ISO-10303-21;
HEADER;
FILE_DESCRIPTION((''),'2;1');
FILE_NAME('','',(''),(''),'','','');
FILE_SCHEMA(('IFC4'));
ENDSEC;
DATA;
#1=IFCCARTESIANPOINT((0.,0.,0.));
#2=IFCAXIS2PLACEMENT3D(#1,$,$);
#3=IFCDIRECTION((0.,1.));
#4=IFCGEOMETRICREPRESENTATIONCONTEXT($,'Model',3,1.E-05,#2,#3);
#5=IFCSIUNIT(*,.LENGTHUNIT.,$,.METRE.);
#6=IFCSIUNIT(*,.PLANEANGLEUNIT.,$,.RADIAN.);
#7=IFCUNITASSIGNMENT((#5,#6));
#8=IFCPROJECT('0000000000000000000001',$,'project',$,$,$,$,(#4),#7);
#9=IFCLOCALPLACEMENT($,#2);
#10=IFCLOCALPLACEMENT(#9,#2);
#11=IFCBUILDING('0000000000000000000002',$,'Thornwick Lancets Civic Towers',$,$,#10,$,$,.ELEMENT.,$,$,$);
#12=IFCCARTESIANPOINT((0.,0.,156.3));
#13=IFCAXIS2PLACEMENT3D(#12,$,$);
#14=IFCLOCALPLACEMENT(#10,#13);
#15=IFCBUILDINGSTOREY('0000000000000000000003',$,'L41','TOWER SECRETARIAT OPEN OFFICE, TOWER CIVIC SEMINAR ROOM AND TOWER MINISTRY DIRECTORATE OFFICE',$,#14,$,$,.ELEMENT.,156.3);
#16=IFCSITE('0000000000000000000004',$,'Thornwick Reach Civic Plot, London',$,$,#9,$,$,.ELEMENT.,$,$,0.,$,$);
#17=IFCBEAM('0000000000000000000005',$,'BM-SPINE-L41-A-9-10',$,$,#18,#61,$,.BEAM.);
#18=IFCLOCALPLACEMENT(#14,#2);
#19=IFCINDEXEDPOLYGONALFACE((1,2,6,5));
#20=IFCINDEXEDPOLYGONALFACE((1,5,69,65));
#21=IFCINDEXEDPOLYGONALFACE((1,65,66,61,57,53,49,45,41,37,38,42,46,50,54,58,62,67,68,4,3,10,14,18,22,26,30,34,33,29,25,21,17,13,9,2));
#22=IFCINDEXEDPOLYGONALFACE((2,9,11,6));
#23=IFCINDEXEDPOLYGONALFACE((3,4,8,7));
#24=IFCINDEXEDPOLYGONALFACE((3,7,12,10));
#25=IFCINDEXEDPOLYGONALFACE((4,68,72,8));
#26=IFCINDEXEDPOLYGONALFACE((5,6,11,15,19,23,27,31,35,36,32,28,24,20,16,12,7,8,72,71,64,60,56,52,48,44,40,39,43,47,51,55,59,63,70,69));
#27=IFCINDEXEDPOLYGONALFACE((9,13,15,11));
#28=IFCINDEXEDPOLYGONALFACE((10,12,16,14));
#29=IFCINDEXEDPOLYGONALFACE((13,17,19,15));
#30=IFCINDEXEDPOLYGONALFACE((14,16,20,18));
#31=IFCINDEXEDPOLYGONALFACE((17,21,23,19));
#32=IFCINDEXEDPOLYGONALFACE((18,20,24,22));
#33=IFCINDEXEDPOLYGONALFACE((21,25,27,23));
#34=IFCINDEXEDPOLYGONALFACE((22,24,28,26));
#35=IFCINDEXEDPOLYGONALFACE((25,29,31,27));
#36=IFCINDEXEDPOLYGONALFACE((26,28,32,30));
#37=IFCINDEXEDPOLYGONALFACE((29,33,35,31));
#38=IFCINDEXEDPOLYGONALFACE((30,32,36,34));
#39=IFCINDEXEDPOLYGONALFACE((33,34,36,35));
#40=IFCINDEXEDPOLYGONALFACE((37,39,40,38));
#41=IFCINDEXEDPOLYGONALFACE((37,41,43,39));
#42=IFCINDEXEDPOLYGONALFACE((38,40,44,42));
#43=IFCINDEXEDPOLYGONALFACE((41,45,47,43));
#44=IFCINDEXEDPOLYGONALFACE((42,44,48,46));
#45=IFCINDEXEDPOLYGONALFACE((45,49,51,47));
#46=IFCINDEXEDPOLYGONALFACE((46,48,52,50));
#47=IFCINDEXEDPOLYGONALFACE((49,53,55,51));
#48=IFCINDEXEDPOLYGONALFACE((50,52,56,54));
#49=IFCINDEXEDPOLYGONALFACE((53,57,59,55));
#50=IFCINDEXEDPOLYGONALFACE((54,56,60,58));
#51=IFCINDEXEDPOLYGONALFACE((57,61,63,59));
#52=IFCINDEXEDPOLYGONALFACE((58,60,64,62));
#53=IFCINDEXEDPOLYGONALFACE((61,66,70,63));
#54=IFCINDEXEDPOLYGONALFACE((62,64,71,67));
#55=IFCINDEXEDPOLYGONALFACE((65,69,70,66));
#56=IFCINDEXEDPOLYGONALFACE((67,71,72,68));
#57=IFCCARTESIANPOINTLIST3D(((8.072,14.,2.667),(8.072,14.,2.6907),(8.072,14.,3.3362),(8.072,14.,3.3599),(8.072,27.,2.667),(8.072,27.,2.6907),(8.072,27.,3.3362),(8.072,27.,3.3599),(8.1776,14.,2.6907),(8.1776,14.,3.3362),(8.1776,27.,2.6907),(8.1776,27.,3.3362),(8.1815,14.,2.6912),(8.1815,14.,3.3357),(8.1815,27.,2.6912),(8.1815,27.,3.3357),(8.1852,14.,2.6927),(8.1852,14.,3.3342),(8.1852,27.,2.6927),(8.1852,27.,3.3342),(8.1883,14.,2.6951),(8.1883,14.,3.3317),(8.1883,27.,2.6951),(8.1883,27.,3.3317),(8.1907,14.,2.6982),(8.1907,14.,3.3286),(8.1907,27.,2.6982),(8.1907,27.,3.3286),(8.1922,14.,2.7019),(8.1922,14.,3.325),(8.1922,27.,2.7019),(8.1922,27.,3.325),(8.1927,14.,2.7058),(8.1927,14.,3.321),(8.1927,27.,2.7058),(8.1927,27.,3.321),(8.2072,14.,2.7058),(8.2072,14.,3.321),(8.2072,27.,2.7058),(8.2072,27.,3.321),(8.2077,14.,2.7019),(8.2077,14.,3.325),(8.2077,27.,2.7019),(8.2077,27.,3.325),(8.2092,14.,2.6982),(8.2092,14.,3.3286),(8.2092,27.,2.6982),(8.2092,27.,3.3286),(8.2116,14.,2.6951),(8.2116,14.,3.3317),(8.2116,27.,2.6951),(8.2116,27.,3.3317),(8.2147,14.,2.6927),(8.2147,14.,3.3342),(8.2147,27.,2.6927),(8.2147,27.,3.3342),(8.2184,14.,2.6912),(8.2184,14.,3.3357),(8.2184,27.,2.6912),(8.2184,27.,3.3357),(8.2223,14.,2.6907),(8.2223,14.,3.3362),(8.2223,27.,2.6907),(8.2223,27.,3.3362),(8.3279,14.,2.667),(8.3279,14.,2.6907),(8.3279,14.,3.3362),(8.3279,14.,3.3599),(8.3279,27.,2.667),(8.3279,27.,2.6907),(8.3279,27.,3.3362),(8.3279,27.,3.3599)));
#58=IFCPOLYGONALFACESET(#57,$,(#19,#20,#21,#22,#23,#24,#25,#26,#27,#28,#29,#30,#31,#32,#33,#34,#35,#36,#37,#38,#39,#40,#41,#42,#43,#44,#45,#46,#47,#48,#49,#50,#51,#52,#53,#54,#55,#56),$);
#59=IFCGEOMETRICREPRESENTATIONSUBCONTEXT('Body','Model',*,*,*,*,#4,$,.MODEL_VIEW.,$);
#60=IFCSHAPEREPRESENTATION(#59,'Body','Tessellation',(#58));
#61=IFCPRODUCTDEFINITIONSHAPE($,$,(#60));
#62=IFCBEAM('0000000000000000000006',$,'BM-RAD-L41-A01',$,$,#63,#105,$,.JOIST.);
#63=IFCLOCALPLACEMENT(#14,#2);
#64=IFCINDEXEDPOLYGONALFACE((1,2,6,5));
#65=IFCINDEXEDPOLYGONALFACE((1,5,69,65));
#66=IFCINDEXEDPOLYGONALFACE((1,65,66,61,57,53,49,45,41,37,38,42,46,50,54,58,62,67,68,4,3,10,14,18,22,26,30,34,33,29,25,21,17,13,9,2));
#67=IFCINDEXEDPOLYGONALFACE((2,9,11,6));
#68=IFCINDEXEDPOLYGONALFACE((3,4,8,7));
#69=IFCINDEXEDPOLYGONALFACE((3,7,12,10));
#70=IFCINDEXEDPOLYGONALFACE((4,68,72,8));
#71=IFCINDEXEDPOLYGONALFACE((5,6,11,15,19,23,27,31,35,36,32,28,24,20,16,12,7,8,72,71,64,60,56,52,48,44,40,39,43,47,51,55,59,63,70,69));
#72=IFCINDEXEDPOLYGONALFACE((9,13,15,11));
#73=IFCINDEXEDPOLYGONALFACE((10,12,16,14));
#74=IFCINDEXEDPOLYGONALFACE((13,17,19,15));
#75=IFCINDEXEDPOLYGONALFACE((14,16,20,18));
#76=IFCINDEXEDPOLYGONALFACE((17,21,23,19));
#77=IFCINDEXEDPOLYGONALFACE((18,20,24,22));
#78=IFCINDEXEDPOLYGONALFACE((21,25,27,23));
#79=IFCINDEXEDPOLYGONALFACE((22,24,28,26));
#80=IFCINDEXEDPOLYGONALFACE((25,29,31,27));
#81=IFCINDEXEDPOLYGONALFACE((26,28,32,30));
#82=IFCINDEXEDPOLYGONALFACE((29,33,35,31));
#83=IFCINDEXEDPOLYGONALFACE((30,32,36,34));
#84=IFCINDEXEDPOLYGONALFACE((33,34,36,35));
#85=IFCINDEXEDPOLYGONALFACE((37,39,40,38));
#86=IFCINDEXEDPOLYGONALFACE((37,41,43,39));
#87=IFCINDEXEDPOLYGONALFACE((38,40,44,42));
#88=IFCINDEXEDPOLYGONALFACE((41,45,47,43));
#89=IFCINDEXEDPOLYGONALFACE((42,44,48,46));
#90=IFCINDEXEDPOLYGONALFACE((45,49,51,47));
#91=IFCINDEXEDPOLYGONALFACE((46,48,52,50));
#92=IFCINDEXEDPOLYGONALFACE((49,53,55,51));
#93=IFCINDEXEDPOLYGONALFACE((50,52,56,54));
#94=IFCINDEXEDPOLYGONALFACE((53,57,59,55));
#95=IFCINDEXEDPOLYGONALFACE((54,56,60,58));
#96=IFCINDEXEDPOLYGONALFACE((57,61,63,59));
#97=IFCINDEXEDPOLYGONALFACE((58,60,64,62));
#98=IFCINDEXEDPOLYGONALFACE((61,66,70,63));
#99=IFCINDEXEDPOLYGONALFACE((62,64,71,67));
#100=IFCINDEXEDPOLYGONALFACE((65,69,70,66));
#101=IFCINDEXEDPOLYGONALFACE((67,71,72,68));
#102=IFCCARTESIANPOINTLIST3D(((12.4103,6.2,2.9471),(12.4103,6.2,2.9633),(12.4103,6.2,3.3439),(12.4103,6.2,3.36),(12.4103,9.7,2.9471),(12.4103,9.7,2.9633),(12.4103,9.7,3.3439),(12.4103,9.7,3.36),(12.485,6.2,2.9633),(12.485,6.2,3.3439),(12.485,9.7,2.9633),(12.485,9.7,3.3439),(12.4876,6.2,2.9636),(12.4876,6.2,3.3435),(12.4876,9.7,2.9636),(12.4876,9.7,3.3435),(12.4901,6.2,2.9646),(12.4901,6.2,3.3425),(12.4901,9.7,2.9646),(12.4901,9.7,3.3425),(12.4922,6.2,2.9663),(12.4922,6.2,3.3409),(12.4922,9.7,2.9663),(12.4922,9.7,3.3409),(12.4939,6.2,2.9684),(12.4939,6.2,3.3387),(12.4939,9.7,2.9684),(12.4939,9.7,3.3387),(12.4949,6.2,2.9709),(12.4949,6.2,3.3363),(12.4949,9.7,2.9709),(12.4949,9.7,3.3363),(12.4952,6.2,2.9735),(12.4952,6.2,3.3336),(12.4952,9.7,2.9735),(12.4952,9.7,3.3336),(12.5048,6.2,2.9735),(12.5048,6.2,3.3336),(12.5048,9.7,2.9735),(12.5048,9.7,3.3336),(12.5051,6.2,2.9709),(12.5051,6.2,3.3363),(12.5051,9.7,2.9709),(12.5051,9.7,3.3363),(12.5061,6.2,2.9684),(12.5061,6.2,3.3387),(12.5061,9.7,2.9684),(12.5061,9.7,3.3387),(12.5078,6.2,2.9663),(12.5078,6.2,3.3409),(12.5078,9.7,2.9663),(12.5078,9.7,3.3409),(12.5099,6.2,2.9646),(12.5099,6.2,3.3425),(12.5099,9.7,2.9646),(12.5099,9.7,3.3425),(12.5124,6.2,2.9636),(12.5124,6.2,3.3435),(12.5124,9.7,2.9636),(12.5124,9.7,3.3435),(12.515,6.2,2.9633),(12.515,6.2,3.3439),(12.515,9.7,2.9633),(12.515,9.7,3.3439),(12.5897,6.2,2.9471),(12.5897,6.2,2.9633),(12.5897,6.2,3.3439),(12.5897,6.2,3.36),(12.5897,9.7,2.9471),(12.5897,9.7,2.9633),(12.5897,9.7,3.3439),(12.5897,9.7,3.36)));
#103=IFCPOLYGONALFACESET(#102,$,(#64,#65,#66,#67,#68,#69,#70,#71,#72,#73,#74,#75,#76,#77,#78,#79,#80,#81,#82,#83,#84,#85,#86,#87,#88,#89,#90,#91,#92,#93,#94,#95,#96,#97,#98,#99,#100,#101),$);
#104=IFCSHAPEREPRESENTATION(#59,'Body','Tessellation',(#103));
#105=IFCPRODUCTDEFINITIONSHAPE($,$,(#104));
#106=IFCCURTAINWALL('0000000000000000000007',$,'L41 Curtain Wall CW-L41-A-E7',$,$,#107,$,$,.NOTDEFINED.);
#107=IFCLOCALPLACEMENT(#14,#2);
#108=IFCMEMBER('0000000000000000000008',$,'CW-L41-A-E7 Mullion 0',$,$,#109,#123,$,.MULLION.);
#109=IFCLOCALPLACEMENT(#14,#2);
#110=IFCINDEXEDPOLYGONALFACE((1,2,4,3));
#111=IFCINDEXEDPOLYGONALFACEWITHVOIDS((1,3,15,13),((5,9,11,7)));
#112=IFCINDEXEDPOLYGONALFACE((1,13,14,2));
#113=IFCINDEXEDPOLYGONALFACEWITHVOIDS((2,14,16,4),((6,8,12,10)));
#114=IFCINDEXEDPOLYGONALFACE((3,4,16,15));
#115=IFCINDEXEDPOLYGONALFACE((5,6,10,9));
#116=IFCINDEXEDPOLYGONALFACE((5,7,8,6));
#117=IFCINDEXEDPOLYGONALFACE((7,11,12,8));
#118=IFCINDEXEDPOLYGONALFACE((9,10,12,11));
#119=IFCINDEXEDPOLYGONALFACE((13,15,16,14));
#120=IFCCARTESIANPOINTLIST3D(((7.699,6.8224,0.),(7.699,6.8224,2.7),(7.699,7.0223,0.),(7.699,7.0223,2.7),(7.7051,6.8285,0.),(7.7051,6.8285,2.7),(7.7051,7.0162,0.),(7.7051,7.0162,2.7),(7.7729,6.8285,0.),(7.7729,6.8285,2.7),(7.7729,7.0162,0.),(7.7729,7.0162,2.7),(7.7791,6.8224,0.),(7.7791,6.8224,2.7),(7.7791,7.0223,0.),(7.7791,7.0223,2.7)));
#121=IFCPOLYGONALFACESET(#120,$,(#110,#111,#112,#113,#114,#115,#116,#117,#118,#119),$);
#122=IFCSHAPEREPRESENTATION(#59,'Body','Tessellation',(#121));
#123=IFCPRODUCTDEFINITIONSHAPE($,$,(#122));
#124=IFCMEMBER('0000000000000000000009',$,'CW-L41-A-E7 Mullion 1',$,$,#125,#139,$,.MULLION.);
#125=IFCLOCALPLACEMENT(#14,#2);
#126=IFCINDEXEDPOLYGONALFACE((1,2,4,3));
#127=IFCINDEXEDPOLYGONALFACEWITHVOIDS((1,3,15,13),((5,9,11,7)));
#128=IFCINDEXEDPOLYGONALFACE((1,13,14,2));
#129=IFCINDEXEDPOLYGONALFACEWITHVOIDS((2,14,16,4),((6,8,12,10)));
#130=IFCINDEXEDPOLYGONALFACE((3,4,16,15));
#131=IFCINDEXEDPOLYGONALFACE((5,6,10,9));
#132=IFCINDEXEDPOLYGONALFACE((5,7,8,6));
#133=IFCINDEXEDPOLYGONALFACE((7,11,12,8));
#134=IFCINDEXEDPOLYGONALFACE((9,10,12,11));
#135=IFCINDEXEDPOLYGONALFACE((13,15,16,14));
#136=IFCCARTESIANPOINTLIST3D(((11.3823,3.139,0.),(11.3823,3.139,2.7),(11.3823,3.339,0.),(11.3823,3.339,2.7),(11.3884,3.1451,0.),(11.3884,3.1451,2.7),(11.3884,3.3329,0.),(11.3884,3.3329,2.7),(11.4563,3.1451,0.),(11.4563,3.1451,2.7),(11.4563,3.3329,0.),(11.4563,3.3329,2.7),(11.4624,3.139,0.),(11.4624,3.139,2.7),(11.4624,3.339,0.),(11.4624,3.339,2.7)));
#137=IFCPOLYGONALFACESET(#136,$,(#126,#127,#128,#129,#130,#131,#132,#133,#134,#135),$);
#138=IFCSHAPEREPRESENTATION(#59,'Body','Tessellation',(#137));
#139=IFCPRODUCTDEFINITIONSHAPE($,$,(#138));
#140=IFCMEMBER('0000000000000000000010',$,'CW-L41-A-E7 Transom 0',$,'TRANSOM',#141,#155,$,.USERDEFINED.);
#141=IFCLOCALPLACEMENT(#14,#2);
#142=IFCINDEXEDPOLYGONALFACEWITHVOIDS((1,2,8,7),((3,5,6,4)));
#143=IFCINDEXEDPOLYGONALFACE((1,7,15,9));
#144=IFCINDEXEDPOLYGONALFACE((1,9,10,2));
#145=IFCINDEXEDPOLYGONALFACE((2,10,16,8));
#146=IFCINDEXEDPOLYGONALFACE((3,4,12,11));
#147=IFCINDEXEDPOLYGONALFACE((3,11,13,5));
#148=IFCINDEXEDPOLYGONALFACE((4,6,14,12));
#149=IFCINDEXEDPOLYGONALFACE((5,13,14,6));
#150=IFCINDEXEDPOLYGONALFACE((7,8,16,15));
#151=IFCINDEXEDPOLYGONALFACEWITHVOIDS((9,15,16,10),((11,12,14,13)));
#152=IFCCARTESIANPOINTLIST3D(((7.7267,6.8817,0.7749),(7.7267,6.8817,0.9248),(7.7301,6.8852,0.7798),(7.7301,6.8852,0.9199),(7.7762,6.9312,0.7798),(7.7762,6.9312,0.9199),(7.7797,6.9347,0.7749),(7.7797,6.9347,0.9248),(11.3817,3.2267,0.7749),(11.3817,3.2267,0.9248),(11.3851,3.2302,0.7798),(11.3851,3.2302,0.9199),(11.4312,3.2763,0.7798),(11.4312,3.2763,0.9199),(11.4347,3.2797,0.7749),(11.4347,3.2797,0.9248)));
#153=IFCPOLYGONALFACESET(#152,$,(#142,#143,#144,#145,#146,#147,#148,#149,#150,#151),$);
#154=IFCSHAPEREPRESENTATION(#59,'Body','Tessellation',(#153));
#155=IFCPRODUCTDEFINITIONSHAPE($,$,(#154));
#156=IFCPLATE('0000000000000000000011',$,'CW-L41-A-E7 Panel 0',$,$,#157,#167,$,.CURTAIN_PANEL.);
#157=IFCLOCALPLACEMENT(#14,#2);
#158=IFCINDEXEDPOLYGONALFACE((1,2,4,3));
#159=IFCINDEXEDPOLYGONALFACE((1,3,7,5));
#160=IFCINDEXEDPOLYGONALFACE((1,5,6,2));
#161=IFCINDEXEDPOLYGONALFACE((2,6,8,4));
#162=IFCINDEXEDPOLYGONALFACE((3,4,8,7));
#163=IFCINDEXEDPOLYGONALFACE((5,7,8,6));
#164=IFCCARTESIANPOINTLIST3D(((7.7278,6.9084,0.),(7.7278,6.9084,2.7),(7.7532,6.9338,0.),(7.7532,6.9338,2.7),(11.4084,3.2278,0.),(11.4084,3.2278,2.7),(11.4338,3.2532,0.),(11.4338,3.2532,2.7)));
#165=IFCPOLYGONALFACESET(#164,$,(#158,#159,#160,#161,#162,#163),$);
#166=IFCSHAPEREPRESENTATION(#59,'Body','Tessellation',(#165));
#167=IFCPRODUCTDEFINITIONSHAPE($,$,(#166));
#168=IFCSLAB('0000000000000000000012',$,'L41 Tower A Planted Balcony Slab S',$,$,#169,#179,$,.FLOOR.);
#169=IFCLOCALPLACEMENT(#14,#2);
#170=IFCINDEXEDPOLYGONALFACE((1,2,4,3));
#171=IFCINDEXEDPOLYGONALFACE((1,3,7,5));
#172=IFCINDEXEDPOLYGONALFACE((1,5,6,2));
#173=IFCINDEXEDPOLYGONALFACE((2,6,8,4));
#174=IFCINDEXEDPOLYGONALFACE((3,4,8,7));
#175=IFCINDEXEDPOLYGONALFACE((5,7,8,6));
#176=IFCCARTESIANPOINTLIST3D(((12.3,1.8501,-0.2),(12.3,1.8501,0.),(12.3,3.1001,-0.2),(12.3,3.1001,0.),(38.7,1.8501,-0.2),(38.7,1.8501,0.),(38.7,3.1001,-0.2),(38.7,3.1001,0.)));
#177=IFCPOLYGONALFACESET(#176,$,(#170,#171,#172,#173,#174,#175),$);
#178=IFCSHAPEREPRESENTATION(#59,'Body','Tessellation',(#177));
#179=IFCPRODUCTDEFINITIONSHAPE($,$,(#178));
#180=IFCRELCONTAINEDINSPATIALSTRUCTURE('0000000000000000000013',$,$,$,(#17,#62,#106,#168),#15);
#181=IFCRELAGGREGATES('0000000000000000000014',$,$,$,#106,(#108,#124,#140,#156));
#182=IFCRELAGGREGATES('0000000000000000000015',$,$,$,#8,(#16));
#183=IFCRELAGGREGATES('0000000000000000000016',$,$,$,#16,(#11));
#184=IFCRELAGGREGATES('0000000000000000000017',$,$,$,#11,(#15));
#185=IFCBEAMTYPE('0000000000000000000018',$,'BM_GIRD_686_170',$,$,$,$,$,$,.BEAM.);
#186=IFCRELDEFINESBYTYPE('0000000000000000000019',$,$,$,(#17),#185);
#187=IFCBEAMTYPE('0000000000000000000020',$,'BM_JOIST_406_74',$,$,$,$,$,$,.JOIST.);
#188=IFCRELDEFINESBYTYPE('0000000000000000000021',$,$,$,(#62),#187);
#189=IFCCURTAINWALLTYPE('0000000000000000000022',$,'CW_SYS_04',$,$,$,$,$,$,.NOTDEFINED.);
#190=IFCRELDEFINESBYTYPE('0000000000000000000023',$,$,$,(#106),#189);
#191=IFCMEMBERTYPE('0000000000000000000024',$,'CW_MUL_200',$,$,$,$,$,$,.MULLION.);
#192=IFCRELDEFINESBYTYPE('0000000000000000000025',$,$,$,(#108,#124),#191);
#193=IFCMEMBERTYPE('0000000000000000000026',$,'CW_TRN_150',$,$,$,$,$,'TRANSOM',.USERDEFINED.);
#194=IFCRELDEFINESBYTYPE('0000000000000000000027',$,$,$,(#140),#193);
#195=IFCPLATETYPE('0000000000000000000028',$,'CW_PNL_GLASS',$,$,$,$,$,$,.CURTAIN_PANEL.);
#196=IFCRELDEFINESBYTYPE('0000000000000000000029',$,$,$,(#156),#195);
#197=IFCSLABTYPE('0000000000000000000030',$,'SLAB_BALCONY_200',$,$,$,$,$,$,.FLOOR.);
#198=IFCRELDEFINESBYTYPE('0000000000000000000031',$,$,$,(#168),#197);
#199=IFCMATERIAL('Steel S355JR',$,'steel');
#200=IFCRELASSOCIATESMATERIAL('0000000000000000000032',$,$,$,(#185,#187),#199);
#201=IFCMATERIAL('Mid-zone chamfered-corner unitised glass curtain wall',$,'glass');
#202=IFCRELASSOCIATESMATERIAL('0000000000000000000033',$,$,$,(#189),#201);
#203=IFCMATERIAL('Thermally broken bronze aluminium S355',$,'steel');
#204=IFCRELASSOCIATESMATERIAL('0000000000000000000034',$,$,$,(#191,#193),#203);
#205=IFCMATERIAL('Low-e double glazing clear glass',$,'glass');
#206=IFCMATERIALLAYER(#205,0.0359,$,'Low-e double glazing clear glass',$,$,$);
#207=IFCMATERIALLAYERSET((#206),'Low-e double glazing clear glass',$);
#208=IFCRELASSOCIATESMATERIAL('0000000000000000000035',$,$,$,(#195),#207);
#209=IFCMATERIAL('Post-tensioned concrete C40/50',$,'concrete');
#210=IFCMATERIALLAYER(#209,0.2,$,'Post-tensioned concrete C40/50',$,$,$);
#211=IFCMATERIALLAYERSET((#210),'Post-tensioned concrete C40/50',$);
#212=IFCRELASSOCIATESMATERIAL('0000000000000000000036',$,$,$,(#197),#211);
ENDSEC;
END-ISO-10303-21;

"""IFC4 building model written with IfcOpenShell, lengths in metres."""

from ifc_helpers import new_model, si_unit, direction, frame, origin, origin_2d, place, context, subcontext, project, spatial, polyline, rectangle, hollow_rectangle, i_section, outline, extrude, material, layer, layer_set, material_profile, profile_set, type_object, element, aggregate, save


model = new_model("IFC4")

# Units and contexts
model_context = context("Model", 3, precision=1e-05, world=origin(), true_north=direction((0.0, 1.0)))
body_context = subcontext(model_context, "Body", "Model", "MODEL_VIEW")
ifc_project = project(units=[si_unit("LENGTHUNIT", "METRE"), si_unit("PLANEANGLEUNIT", "RADIAN")], contexts=[model_context])

# Site, building, storey
site_placement = place(None, origin())
site = spatial("IfcSite", under=ifc_project, at=site_placement, Name="Thornwick Reach Civic Plot, London", CompositionType="ELEMENT", RefElevation=0.0)
building_placement = place(site_placement, origin())
building = spatial("IfcBuilding", under=site, at=building_placement, Name="Thornwick Lancets Civic Towers", CompositionType="ELEMENT")
storey_placement = place(building_placement, frame((0.0, 0.0, 156.3)))
storey = spatial("IfcBuildingStorey", under=building, at=storey_placement, Name="L41", Description="TOWER SECRETARIAT OPEN OFFICE, TOWER CIVIC SEMINAR ROOM AND TOWER MINISTRY DIRECTORATE OFFICE", CompositionType="ELEMENT", Elevation=156.3)

# Beams
ifc_material_1 = material(Name="Steel S355JR", Category="steel")
ifc_material_profile_1 = material_profile(ifc_material_1, i_section(OverallWidth=0.2559, OverallDepth=0.6929, WebThickness=0.0144, FlangeThickness=0.0237, FilletRadius=0.0151, at=origin_2d()), Name="UKB 686x254x170")
ifc_profile_set_1 = profile_set([ifc_material_profile_1], Name="Steel S355JR")
beam_type_1 = type_object("IfcBeamType", Name="BM_GIRD_686_170", PredefinedType="BEAM", material=ifc_profile_set_1)
for number, where, z_axis, x_axis, name in (
    (1, (8.2, 14.0, 3.0134), (0.0, 1.0, 0.0), (-1.0, 0.0, 0.0), "BM-SPINE-L41-A-9-10"),
):
    element("IfcBeam", number, at=place(storey_placement, frame(where, z_axis=z_axis, x_axis=x_axis)), inside=storey, type_object=beam_type_1, Name=name, PredefinedType="BEAM", context=body_context, shape_type="SweptSolid", body=[
        extrude(i_section(OverallWidth=0.2559, OverallDepth=0.6929, WebThickness=0.0144, FlangeThickness=0.0237, FilletRadius=0.0151, at=origin_2d()), origin(), (0.0, 0.0, 1.0), 13.0),
    ])
ifc_material_profile_2 = material_profile(ifc_material_1, i_section(OverallWidth=0.1794, OverallDepth=0.4128, WebThickness=0.0095, FlangeThickness=0.0161, FilletRadius=0.0103, at=origin_2d()), Name="UKB 406x178x74")
ifc_profile_set_2 = profile_set([ifc_material_profile_2], Name="Steel S355JR")
beam_type_2 = type_object("IfcBeamType", Name="BM_JOIST_406_74", PredefinedType="JOIST", material=ifc_profile_set_2)
beam_1_placement = place(storey_placement, frame((12.5, 9.7, 3.1536), z_axis=(0.0, -1.0, 0.0), x_axis=(1.0, 0.0, 0.0)))
element("IfcBeam", 2, at=beam_1_placement, inside=storey, type_object=beam_type_2, Name="BM-RAD-L41-A01", PredefinedType="JOIST", context=body_context, shape_type="SweptSolid", body=[
    extrude(i_section(OverallWidth=0.1794, OverallDepth=0.4128, WebThickness=0.0095, FlangeThickness=0.0161, FilletRadius=0.0103, at=origin_2d()), origin(), (0.0, 0.0, 1.0), 3.5),
])

# Curtain wall, members, plate
ifc_material_2 = material(Name="Mid-zone chamfered-corner unitised glass curtain wall", Category="glass")
curtain_wall_type = type_object("IfcCurtainWallType", Name="CW_SYS_04", PredefinedType="NOTDEFINED", material=ifc_material_2)
curtain_wall_placement = place(storey_placement, origin())
curtain_wall = element("IfcCurtainWall", 3, at=curtain_wall_placement, inside=storey, type_object=curtain_wall_type, Name="L41 Curtain Wall CW-L41-A-E7", PredefinedType="NOTDEFINED")
ifc_material_3 = material(Name="Thermally broken bronze aluminium S355", Category="steel")
ifc_material_profile_3 = material_profile(ifc_material_3, hollow_rectangle(XDim=0.0801, YDim=0.2, WallThickness=0.0061, at=origin_2d()), Name="RHS 200x80x6")
ifc_profile_set_3 = profile_set([ifc_material_profile_3], Name="Thermally broken bronze aluminium S355")
member_type_1 = type_object("IfcMemberType", Name="CW_MUL_200", PredefinedType="MULLION", material=ifc_profile_set_3)
member_1_placement = place(storey_placement, frame((7.739, 6.9224, 0.0), z_axis=(0.0, 0.0, 1.0), x_axis=(1.0, 0.0, 0.0)))
member_1 = element("IfcMember", 4, at=member_1_placement, type_object=member_type_1, Name="CW-L41-A-E7 Mullion 0", PredefinedType="MULLION", context=body_context, shape_type="SweptSolid", body=[
    extrude(hollow_rectangle(XDim=0.0801, YDim=0.2, WallThickness=0.0061, at=origin_2d()), origin(), (0.0, 0.0, 1.0), 2.7),
])
member_2_placement = place(storey_placement, frame((11.4224, 3.239, 0.0), z_axis=(0.0, 0.0, 1.0), x_axis=(1.0, 0.0, 0.0)))
member_2 = element("IfcMember", 5, at=member_2_placement, type_object=member_type_1, Name="CW-L41-A-E7 Mullion 1", PredefinedType="MULLION", context=body_context, shape_type="SweptSolid", body=[
    extrude(hollow_rectangle(XDim=0.0801, YDim=0.2, WallThickness=0.0061, at=origin_2d()), origin(), (0.0, 0.0, 1.0), 2.7),
])
ifc_material_profile_4 = material_profile(ifc_material_3, hollow_rectangle(XDim=0.075, YDim=0.1499, WallThickness=0.0049, at=origin_2d()), Name="RHS 150x75x5")
ifc_profile_set_4 = profile_set([ifc_material_profile_4], Name="Thermally broken bronze aluminium S355")
member_type_2 = type_object("IfcMemberType", Name="CW_TRN_150", ElementType="TRANSOM", PredefinedType="USERDEFINED", material=ifc_profile_set_4)
member_3_placement = place(storey_placement, frame((7.7532, 6.9082, 0.8499), z_axis=(0.707107, -0.707107, 0.0), x_axis=(0.707107, 0.707107, 0.0)))
member_3 = element("IfcMember", 6, at=member_3_placement, type_object=member_type_2, Name="CW-L41-A-E7 Transom 0", ObjectType="TRANSOM", PredefinedType="USERDEFINED", context=body_context, shape_type="SweptSolid", body=[
    extrude(hollow_rectangle(XDim=0.075, YDim=0.1499, WallThickness=0.0049, at=origin_2d()), origin(), (0.0, 0.0, 1.0), 5.1689),
])
ifc_material_4 = material(Name="Low-e double glazing clear glass", Category="glass")
ifc_layer_1 = layer(ifc_material_4, 0.0359, Name="Low-e double glazing clear glass")
ifc_layer_set_1 = layer_set([ifc_layer_1], Name="Low-e double glazing clear glass")
plate_type = type_object("IfcPlateType", Name="CW_PNL_GLASS", PredefinedType="CURTAIN_PANEL", material=ifc_layer_set_1)
plate_placement = place(storey_placement, frame((9.5808, 5.0808, 0.0), z_axis=(0.0, 0.0, 1.0), x_axis=(0.707107, -0.707107, 0.0)))
plate = element("IfcPlate", 7, at=plate_placement, type_object=plate_type, Name="CW-L41-A-E7 Panel 0", PredefinedType="CURTAIN_PANEL", context=body_context, shape_type="SweptSolid", body=[
    extrude(rectangle(XDim=5.2051, YDim=0.0359, at=origin_2d()), origin(), (0.0, 0.0, 1.0), 2.7),
])
aggregate(curtain_wall, [member_1, member_2, member_3, plate])

# Slab
ifc_material_5 = material(Name="Post-tensioned concrete C40/50", Category="concrete")
ifc_layer_2 = layer(ifc_material_5, 0.2, Name="Post-tensioned concrete C40/50")
ifc_layer_set_2 = layer_set([ifc_layer_2], Name="Post-tensioned concrete C40/50")
slab_type_1 = type_object("IfcSlabType", Name="SLAB_BALCONY_200", PredefinedType="FLOOR", material=ifc_layer_set_2)
slab_1_placement = place(storey_placement, frame((0.0, 0.0, -0.2)))
element("IfcSlab", 8, at=slab_1_placement, inside=storey, type_object=slab_type_1, Name="L41 Tower A Planted Balcony Slab S", PredefinedType="FLOOR", context=body_context, shape_type="SweptSolid", body=[
    extrude(outline(polyline([(12.3, 1.8501), (38.7, 1.8501), (38.7, 3.1001), (12.3, 3.1001), (12.3, 1.8501)])), origin(), (0.0, 0.0, 1.0), 0.2),
])

save(model, "model.ifc")
